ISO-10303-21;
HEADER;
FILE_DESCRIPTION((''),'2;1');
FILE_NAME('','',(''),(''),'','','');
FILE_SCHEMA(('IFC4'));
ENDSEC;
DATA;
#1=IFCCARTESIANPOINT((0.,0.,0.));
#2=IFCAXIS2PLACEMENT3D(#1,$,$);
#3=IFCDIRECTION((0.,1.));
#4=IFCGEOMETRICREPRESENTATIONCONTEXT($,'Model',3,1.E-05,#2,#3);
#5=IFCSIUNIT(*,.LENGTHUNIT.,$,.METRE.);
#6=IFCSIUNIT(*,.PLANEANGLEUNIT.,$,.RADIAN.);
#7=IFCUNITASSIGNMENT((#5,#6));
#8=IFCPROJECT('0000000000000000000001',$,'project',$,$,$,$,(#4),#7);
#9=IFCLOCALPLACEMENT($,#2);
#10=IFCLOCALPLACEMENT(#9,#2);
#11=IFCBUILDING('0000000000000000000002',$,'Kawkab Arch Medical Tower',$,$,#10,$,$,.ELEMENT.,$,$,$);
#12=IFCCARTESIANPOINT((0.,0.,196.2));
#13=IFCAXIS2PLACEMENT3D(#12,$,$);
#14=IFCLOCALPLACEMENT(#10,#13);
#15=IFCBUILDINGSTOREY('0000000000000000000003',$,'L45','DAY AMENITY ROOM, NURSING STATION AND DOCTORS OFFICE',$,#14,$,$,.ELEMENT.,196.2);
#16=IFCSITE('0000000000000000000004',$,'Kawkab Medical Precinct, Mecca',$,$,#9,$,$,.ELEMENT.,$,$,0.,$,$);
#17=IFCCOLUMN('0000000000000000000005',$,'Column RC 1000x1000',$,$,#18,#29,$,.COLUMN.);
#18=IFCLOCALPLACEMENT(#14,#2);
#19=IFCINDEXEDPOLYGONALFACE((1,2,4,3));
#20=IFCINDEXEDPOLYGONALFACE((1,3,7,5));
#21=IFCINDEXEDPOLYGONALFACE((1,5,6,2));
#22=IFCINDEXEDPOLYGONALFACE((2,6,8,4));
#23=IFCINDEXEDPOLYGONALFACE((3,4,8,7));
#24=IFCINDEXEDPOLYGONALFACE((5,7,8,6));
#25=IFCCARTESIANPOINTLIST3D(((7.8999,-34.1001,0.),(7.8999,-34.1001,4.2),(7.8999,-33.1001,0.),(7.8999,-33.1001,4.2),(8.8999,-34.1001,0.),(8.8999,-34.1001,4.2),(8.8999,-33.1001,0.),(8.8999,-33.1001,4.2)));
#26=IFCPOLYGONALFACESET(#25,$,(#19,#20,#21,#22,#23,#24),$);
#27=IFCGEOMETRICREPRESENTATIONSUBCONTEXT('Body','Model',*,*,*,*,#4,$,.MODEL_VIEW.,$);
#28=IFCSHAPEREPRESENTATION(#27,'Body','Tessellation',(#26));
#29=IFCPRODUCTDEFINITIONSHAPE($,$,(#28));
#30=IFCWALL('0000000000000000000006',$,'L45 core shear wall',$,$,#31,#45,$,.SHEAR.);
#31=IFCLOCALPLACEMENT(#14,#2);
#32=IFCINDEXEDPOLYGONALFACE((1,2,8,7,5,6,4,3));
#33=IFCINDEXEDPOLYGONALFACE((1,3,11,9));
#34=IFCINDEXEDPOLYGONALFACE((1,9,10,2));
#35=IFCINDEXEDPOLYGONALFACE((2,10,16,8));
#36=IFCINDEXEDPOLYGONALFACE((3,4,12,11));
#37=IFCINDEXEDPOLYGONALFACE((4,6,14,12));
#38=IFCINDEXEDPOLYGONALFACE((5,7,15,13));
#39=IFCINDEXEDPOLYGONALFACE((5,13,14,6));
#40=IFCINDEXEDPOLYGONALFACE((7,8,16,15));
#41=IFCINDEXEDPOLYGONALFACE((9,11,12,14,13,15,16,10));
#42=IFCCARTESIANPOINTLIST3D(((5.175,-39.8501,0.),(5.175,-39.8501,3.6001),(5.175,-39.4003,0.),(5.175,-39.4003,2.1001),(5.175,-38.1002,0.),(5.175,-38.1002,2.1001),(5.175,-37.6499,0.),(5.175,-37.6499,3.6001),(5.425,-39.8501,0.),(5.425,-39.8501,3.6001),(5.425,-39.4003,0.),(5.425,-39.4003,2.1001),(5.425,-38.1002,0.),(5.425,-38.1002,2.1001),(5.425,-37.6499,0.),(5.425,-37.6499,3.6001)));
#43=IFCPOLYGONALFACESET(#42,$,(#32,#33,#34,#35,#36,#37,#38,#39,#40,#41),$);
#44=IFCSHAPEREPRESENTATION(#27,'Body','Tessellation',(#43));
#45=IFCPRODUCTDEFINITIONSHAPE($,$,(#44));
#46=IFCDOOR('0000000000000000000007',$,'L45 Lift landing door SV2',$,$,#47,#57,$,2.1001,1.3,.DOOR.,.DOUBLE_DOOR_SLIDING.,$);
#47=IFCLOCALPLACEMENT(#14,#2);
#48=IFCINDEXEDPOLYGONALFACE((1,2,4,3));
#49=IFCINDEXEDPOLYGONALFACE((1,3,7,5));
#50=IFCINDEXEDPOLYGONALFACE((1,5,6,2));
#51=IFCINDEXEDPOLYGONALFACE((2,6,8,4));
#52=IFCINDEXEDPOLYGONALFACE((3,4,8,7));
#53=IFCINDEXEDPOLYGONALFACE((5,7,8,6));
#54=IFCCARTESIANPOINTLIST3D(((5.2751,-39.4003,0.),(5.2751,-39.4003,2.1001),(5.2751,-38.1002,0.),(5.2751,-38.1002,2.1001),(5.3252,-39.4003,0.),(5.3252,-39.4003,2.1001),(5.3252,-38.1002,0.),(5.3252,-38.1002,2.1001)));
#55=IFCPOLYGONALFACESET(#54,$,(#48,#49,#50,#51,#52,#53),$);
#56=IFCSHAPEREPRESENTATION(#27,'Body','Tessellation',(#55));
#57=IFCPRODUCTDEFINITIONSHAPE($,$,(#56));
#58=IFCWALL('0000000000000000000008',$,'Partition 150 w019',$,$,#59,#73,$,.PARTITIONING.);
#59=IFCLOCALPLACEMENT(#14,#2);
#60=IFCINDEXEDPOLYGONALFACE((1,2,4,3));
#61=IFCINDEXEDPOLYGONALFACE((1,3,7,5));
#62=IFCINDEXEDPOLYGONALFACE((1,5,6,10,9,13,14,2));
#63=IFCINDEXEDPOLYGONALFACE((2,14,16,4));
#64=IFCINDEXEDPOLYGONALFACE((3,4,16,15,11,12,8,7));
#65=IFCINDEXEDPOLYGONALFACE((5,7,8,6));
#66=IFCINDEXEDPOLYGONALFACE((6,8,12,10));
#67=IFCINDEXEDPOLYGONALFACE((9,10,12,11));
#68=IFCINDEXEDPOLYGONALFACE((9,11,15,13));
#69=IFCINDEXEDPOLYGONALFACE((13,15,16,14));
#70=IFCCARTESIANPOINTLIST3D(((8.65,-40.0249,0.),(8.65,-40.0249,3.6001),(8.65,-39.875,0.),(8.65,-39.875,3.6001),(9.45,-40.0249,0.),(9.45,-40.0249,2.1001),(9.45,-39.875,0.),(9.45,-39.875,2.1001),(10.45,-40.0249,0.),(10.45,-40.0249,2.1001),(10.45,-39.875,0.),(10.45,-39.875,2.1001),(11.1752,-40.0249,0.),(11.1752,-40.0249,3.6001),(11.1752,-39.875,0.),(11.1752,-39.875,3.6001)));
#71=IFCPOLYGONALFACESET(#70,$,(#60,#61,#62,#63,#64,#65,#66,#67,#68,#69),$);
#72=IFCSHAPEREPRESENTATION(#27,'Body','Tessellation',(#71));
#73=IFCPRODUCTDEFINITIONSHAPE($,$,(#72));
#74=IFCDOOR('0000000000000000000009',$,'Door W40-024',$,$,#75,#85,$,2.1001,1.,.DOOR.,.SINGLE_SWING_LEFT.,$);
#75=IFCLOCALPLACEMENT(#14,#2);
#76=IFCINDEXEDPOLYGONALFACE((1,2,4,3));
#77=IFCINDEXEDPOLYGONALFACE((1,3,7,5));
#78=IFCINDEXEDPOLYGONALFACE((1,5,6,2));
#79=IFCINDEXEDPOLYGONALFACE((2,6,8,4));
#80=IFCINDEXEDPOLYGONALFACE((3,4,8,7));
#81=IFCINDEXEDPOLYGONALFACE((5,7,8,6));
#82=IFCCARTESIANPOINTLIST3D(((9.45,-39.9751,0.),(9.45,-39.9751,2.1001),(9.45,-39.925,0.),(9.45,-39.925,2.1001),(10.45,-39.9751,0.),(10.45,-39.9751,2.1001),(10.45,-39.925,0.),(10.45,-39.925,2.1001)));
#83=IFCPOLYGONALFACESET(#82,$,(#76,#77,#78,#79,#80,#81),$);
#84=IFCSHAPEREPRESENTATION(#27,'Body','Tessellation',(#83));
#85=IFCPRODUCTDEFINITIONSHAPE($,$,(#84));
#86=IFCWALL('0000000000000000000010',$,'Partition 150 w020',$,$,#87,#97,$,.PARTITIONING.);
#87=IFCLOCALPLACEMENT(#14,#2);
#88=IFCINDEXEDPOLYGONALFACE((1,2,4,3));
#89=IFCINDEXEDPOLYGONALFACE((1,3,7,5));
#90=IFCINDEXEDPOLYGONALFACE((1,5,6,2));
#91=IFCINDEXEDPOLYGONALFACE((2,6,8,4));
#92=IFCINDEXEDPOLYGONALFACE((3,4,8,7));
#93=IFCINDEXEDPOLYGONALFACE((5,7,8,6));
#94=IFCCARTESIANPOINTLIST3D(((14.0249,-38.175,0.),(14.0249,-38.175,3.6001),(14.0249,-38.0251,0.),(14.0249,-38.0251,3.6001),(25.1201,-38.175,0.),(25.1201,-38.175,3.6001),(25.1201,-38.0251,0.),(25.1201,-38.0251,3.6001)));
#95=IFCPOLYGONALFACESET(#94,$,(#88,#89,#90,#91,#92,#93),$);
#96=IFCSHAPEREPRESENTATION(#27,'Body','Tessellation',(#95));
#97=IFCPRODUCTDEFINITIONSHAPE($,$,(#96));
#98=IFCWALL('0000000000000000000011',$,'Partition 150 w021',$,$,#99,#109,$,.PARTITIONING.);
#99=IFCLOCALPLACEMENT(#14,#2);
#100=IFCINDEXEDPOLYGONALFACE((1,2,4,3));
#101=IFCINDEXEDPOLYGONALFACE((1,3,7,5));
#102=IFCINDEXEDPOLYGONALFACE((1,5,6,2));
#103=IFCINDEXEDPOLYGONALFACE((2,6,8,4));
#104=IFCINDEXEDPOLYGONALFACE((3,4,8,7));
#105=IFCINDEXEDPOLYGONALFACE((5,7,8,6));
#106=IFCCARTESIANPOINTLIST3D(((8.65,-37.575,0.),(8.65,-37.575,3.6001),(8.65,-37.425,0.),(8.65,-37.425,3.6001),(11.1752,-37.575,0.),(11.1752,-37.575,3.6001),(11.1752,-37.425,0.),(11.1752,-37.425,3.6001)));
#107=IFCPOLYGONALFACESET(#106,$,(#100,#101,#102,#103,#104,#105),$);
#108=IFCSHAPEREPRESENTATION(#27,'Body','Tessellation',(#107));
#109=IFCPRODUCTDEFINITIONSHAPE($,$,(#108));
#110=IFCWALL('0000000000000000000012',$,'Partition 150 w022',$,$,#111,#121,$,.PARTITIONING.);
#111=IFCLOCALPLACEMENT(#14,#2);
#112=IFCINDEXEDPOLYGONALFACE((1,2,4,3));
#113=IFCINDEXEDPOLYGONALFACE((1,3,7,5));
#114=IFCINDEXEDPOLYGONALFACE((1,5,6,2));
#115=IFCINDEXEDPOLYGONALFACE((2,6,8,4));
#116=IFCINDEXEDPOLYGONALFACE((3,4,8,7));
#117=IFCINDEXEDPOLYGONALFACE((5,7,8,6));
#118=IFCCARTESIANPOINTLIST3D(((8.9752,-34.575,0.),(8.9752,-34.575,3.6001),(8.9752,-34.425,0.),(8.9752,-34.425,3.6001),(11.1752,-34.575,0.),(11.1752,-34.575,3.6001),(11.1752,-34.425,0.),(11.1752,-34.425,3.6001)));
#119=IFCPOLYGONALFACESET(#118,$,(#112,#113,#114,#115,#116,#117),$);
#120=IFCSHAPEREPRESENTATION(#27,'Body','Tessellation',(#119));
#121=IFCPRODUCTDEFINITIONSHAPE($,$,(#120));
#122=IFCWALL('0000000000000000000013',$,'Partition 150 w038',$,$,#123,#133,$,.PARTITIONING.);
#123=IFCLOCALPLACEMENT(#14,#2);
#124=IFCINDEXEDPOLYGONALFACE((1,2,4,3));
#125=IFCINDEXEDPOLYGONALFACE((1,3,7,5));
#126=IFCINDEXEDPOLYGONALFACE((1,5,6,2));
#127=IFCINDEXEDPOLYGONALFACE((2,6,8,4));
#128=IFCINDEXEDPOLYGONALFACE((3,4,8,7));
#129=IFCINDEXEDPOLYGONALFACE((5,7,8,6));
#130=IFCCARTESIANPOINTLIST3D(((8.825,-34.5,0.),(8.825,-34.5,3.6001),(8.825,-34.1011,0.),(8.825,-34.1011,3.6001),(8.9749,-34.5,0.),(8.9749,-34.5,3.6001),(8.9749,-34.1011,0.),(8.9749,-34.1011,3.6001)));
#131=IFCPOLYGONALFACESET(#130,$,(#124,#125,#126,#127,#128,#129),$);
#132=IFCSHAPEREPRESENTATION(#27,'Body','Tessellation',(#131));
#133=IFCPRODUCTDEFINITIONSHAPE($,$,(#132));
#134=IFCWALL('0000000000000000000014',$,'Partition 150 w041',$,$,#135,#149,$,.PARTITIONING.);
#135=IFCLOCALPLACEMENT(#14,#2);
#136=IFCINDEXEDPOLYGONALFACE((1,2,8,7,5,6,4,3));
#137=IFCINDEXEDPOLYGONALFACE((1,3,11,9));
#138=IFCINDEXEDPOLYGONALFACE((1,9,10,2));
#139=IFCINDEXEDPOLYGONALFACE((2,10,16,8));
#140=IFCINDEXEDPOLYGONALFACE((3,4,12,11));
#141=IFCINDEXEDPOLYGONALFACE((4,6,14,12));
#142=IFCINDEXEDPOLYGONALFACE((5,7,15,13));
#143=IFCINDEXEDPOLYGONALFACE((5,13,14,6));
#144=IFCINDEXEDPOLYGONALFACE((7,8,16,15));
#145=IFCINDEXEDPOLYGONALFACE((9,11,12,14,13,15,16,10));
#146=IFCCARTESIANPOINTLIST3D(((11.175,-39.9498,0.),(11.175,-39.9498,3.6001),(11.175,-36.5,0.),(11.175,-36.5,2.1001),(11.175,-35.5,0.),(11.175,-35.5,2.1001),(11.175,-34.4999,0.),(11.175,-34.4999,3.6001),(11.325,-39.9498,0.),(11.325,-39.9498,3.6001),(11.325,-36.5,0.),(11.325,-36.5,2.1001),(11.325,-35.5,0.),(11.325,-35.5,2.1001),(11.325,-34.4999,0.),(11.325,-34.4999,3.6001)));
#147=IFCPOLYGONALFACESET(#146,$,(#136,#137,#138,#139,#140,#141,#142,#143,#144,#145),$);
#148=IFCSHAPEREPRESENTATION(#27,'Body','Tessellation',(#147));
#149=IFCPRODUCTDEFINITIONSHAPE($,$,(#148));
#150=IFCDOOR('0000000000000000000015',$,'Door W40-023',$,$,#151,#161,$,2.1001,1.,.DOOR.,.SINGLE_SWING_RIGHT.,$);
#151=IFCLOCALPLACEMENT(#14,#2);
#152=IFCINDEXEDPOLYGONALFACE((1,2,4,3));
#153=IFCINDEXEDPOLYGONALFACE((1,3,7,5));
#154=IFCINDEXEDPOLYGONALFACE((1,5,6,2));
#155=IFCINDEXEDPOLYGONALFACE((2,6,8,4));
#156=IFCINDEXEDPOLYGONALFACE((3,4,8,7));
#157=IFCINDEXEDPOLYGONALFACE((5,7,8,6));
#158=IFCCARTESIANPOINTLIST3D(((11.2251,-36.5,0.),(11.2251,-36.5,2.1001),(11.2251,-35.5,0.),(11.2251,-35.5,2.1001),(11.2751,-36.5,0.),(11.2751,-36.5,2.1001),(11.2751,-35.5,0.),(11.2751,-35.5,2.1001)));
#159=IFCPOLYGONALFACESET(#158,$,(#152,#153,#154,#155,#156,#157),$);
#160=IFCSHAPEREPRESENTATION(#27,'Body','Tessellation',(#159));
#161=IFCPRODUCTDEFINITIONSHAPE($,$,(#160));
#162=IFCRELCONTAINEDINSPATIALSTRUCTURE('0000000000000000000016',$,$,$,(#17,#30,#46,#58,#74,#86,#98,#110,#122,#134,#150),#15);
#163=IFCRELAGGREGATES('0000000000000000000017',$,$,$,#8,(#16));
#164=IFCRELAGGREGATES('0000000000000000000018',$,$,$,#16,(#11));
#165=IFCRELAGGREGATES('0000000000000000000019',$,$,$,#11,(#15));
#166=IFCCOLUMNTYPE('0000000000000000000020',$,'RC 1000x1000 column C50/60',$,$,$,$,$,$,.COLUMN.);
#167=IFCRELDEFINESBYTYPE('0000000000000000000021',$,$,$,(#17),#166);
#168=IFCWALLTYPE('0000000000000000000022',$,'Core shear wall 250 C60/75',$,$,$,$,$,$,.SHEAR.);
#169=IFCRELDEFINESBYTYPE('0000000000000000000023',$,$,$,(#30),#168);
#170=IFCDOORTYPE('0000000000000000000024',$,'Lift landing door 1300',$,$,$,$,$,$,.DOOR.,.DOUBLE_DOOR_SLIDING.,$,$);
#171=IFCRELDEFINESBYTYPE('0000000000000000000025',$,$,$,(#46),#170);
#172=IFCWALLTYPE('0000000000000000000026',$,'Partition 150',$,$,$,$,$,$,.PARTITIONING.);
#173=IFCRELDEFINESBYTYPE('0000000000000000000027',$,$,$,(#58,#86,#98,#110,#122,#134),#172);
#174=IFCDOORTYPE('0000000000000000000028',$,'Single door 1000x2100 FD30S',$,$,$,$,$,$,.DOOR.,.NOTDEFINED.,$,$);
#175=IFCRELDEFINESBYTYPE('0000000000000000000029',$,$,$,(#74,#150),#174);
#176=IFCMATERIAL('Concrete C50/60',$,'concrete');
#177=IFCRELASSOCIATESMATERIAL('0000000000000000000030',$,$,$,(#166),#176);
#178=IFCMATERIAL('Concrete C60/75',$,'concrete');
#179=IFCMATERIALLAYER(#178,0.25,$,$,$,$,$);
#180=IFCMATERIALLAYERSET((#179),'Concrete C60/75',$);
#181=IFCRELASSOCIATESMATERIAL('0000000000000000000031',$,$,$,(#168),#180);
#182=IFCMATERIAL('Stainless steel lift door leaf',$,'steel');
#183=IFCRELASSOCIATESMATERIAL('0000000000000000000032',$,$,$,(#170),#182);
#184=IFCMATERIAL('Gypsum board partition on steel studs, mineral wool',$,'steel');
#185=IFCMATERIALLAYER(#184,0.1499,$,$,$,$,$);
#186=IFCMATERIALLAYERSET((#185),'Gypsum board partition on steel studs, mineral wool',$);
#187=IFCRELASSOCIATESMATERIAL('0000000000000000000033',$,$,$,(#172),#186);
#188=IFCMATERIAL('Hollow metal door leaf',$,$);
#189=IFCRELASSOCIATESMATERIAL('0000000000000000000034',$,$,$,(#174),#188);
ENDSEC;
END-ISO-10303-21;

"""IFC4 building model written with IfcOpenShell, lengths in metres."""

from ifc_helpers import new_model, si_unit, direction, frame, frame_2d, origin, origin_2d, place, context, subcontext, project, spatial, rectangle, extrude, material, layer, layer_set, material_profile, profile_set, type_object, element, fill, save


model = new_model("IFC4")

# Units and contexts
model_context = context("Model", 3, precision=1e-05, world=origin(), true_north=direction((0.0, 1.0)))
body_context = subcontext(model_context, "Body", "Model", "MODEL_VIEW")
ifc_project = project(units=[si_unit("LENGTHUNIT", "METRE"), si_unit("PLANEANGLEUNIT", "RADIAN")], contexts=[model_context])

# Site, building, storey
site_placement = place(None, origin())
site = spatial("IfcSite", under=ifc_project, at=site_placement, Name="Kawkab Medical Precinct, Mecca", CompositionType="ELEMENT", RefElevation=0.0)
building_placement = place(site_placement, origin())
building = spatial("IfcBuilding", under=site, at=building_placement, Name="Kawkab Arch Medical Tower", CompositionType="ELEMENT")
storey_placement = place(building_placement, frame((0.0, 0.0, 196.2)))
storey = spatial("IfcBuildingStorey", under=building, at=storey_placement, Name="L45", Description="DAY AMENITY ROOM, NURSING STATION AND DOCTORS OFFICE", CompositionType="ELEMENT", Elevation=196.2)

# Column
ifc_material_1 = material(Name="Concrete C50/60", Category="concrete")
ifc_material_profile = material_profile(ifc_material_1, rectangle(XDim=1.0, YDim=1.0, at=origin_2d()), Name="RC 1000x1000")
ifc_profile_set = profile_set([ifc_material_profile], Name="Concrete C50/60")
column_type = type_object("IfcColumnType", Name="RC 1000x1000 column C50/60", PredefinedType="COLUMN", material=ifc_profile_set)
column_placement = place(storey_placement, frame((8.3999, -33.6001, 0.0), z_axis=(0.0, 0.0, 1.0), x_axis=(1.0, 0.0, 0.0)))
element("IfcColumn", 1, at=column_placement, inside=storey, type_object=column_type, Name="Column RC 1000x1000", PredefinedType="COLUMN", context=body_context, shape_type="SweptSolid", body=[
    extrude(rectangle(XDim=1.0, YDim=1.0, at=origin_2d()), origin(), (0.0, 0.0, 1.0), 4.2),
])

# Walls, openings, doors
ifc_material_2 = material(Name="Concrete C60/75", Category="concrete")
ifc_layer_1 = layer(ifc_material_2, 0.25)
ifc_layer_set_1 = layer_set([ifc_layer_1], Name="Concrete C60/75")
wall_type_1 = type_object("IfcWallType", Name="Core shear wall 250 C60/75", PredefinedType="SHEAR", material=ifc_layer_set_1)
wall_1_placement = place(storey_placement, frame((5.3, -39.8501, 0.0), z_axis=(0.0, 0.0, 1.0), x_axis=(0.0, 1.0, 0.0)))
wall_1 = element("IfcWall", 2, at=wall_1_placement, inside=storey, type_object=wall_type_1, Name="L45 core shear wall", PredefinedType="SHEAR", context=body_context, shape_type="SweptSolid", body=[
    extrude(rectangle(XDim=2.2002, YDim=0.25, at=frame_2d((1.1001, 0.0))), origin(), (0.0, 0.0, 1.0), 3.6001),
])
opening_1_placement = place(wall_1_placement, frame((0.45, 0.0, 0.0)))
opening_1 = element("IfcOpeningElement", 3, at=opening_1_placement, cuts=wall_1, PredefinedType="OPENING", context=body_context, shape_type="SweptSolid", body=[
    extrude(rectangle(XDim=1.3, YDim=2.1001, at=frame_2d((0.6499, 1.05))), frame((0.0, 0.135, 0.0), z_axis=(0.0, -1.0, 0.0), x_axis=(1.0, 0.0, 0.0)), (0.0, 0.0, 1.0), 0.27),
])
ifc_material_3 = material(Name="Stainless steel lift door leaf", Category="steel")
door_type_1 = type_object("IfcDoorType", Name="Lift landing door 1300", OperationType="DOUBLE_DOOR_SLIDING", PredefinedType="DOOR", material=ifc_material_3)
door_1_placement = place(opening_1_placement, origin())
door_1 = element("IfcDoor", 4, at=door_1_placement, inside=storey, type_object=door_type_1, Name="L45 Lift landing door SV2", OperationType="DOUBLE_DOOR_SLIDING", OverallHeight=2.1001, OverallWidth=1.3, PredefinedType="DOOR", context=body_context, shape_type="SweptSolid", body=[
    extrude(rectangle(XDim=1.3, YDim=2.1001, at=frame_2d((0.6499, 1.05))), frame((0.0, 0.0249, 0.0), z_axis=(0.0, -1.0, 0.0), x_axis=(1.0, 0.0, 0.0)), (0.0, 0.0, 1.0), 0.05),
])
fill(opening_1, door_1)
ifc_material_4 = material(Name="Gypsum board partition on steel studs, mineral wool", Category="steel")
ifc_layer_2 = layer(ifc_material_4, 0.1499)
ifc_layer_set_2 = layer_set([ifc_layer_2], Name="Gypsum board partition on steel studs, mineral wool")
wall_type_2 = type_object("IfcWallType", Name="Partition 150", PredefinedType="PARTITIONING", material=ifc_layer_set_2)
wall_2_placement = place(storey_placement, frame((8.6499, -39.95, 0.0), z_axis=(0.0, 0.0, 1.0), x_axis=(1.0, 0.0, 0.0)))
wall_2 = element("IfcWall", 5, at=wall_2_placement, inside=storey, type_object=wall_type_2, Name="Partition 150 w019", PredefinedType="PARTITIONING", context=body_context, shape_type="SweptSolid", body=[
    extrude(rectangle(XDim=2.5251, YDim=0.1499, at=frame_2d((1.2627, 0.0))), origin(), (0.0, 0.0, 1.0), 3.6001),
])
opening_2_placement = place(wall_2_placement, frame((0.8, 0.0, 0.0)))
opening_2 = element("IfcOpeningElement", 6, at=opening_2_placement, cuts=wall_2, PredefinedType="OPENING", context=body_context, shape_type="SweptSolid", body=[
    extrude(rectangle(XDim=1.0, YDim=2.1001, at=frame_2d((0.5, 1.05))), frame((0.0, 0.085, 0.0), z_axis=(0.0, -1.0, 0.0), x_axis=(1.0, 0.0, 0.0)), (0.0, 0.0, 1.0), 0.1699),
])
ifc_material_5 = material(Name="Hollow metal door leaf")
door_type_2 = type_object("IfcDoorType", Name="Single door 1000x2100 FD30S", OperationType="NOTDEFINED", PredefinedType="DOOR", material=ifc_material_5)
door_2_placement = place(opening_2_placement, origin())
door_2 = element("IfcDoor", 7, at=door_2_placement, inside=storey, type_object=door_type_2, Name="Door W40-024", OperationType="SINGLE_SWING_LEFT", OverallHeight=2.1001, OverallWidth=1.0, PredefinedType="DOOR", context=body_context, shape_type="SweptSolid", body=[
    extrude(rectangle(XDim=1.0, YDim=2.1001, at=frame_2d((0.5, 1.05))), frame((0.0, 0.0249, 0.0), z_axis=(0.0, -1.0, 0.0), x_axis=(1.0, 0.0, 0.0)), (0.0, 0.0, 1.0), 0.05),
])
fill(opening_2, door_2)

# Walls
wall_3_placement = place(storey_placement, frame((14.0249, -38.1001, 0.0), z_axis=(0.0, 0.0, 1.0), x_axis=(1.0, 0.0, 0.0)))
element("IfcWall", 8, at=wall_3_placement, inside=storey, type_object=wall_type_2, Name="Partition 150 w020", PredefinedType="PARTITIONING", context=body_context, shape_type="SweptSolid", body=[
    extrude(rectangle(XDim=11.0952, YDim=0.1499, at=frame_2d((5.5476, 0.0))), origin(), (0.0, 0.0, 1.0), 3.6001),
])
wall_4_placement = place(storey_placement, frame((8.6499, -37.5, 0.0), z_axis=(0.0, 0.0, 1.0), x_axis=(1.0, 0.0, 0.0)))
element("IfcWall", 9, at=wall_4_placement, inside=storey, type_object=wall_type_2, Name="Partition 150 w021", PredefinedType="PARTITIONING", context=body_context, shape_type="SweptSolid", body=[
    extrude(rectangle(XDim=2.5251, YDim=0.1499, at=frame_2d((1.2627, 0.0))), origin(), (0.0, 0.0, 1.0), 3.6001),
])
wall_5_placement = place(storey_placement, frame((8.9751, -34.5, 0.0), z_axis=(0.0, 0.0, 1.0), x_axis=(1.0, 0.0, 0.0)))
element("IfcWall", 10, at=wall_5_placement, inside=storey, type_object=wall_type_2, Name="Partition 150 w022", PredefinedType="PARTITIONING", context=body_context, shape_type="SweptSolid", body=[
    extrude(rectangle(XDim=2.2, YDim=0.1499, at=frame_2d((1.1001, 0.0))), origin(), (0.0, 0.0, 1.0), 3.6001),
])
wall_6_placement = place(storey_placement, frame((8.8999, -34.5, 0.0), z_axis=(0.0, 0.0, 1.0), x_axis=(0.0, 1.0, 0.0)))
element("IfcWall", 11, at=wall_6_placement, inside=storey, type_object=wall_type_2, Name="Partition 150 w038", PredefinedType="PARTITIONING", context=body_context, shape_type="SweptSolid", body=[
    extrude(rectangle(XDim=0.3989, YDim=0.1499, at=frame_2d((0.1995, 0.0))), origin(), (0.0, 0.0, 1.0), 3.6001),
])

# Wall, opening, door
wall_7_placement = place(storey_placement, frame((11.25, -39.95, 0.0), z_axis=(0.0, 0.0, 1.0), x_axis=(0.0, 1.0, 0.0)))
wall_7 = element("IfcWall", 12, at=wall_7_placement, inside=storey, type_object=wall_type_2, Name="Partition 150 w041", PredefinedType="PARTITIONING", context=body_context, shape_type="SweptSolid", body=[
    extrude(rectangle(XDim=5.45, YDim=0.1499, at=frame_2d((2.7251, 0.0))), origin(), (0.0, 0.0, 1.0), 3.6001),
])
opening_3_placement = place(wall_7_placement, frame((3.45, 0.0, 0.0)))
opening_3 = element("IfcOpeningElement", 13, at=opening_3_placement, cuts=wall_7, PredefinedType="OPENING", context=body_context, shape_type="SweptSolid", body=[
    extrude(rectangle(XDim=1.0, YDim=2.1001, at=frame_2d((0.5, 1.05))), frame((0.0, 0.085, 0.0), z_axis=(0.0, -1.0, 0.0), x_axis=(1.0, 0.0, 0.0)), (0.0, 0.0, 1.0), 0.1699),
])
door_3_placement = place(opening_3_placement, origin())
door_3 = element("IfcDoor", 14, at=door_3_placement, inside=storey, type_object=door_type_2, Name="Door W40-023", OperationType="SINGLE_SWING_RIGHT", OverallHeight=2.1001, OverallWidth=1.0, PredefinedType="DOOR", context=body_context, shape_type="SweptSolid", body=[
    extrude(rectangle(XDim=1.0, YDim=2.1001, at=frame_2d((0.5, 1.05))), frame((0.0, 0.0249, 0.0), z_axis=(0.0, -1.0, 0.0), x_axis=(1.0, 0.0, 0.0)), (0.0, 0.0, 1.0), 0.05),
])
fill(opening_3, door_3)

save(model, "model.ifc")
